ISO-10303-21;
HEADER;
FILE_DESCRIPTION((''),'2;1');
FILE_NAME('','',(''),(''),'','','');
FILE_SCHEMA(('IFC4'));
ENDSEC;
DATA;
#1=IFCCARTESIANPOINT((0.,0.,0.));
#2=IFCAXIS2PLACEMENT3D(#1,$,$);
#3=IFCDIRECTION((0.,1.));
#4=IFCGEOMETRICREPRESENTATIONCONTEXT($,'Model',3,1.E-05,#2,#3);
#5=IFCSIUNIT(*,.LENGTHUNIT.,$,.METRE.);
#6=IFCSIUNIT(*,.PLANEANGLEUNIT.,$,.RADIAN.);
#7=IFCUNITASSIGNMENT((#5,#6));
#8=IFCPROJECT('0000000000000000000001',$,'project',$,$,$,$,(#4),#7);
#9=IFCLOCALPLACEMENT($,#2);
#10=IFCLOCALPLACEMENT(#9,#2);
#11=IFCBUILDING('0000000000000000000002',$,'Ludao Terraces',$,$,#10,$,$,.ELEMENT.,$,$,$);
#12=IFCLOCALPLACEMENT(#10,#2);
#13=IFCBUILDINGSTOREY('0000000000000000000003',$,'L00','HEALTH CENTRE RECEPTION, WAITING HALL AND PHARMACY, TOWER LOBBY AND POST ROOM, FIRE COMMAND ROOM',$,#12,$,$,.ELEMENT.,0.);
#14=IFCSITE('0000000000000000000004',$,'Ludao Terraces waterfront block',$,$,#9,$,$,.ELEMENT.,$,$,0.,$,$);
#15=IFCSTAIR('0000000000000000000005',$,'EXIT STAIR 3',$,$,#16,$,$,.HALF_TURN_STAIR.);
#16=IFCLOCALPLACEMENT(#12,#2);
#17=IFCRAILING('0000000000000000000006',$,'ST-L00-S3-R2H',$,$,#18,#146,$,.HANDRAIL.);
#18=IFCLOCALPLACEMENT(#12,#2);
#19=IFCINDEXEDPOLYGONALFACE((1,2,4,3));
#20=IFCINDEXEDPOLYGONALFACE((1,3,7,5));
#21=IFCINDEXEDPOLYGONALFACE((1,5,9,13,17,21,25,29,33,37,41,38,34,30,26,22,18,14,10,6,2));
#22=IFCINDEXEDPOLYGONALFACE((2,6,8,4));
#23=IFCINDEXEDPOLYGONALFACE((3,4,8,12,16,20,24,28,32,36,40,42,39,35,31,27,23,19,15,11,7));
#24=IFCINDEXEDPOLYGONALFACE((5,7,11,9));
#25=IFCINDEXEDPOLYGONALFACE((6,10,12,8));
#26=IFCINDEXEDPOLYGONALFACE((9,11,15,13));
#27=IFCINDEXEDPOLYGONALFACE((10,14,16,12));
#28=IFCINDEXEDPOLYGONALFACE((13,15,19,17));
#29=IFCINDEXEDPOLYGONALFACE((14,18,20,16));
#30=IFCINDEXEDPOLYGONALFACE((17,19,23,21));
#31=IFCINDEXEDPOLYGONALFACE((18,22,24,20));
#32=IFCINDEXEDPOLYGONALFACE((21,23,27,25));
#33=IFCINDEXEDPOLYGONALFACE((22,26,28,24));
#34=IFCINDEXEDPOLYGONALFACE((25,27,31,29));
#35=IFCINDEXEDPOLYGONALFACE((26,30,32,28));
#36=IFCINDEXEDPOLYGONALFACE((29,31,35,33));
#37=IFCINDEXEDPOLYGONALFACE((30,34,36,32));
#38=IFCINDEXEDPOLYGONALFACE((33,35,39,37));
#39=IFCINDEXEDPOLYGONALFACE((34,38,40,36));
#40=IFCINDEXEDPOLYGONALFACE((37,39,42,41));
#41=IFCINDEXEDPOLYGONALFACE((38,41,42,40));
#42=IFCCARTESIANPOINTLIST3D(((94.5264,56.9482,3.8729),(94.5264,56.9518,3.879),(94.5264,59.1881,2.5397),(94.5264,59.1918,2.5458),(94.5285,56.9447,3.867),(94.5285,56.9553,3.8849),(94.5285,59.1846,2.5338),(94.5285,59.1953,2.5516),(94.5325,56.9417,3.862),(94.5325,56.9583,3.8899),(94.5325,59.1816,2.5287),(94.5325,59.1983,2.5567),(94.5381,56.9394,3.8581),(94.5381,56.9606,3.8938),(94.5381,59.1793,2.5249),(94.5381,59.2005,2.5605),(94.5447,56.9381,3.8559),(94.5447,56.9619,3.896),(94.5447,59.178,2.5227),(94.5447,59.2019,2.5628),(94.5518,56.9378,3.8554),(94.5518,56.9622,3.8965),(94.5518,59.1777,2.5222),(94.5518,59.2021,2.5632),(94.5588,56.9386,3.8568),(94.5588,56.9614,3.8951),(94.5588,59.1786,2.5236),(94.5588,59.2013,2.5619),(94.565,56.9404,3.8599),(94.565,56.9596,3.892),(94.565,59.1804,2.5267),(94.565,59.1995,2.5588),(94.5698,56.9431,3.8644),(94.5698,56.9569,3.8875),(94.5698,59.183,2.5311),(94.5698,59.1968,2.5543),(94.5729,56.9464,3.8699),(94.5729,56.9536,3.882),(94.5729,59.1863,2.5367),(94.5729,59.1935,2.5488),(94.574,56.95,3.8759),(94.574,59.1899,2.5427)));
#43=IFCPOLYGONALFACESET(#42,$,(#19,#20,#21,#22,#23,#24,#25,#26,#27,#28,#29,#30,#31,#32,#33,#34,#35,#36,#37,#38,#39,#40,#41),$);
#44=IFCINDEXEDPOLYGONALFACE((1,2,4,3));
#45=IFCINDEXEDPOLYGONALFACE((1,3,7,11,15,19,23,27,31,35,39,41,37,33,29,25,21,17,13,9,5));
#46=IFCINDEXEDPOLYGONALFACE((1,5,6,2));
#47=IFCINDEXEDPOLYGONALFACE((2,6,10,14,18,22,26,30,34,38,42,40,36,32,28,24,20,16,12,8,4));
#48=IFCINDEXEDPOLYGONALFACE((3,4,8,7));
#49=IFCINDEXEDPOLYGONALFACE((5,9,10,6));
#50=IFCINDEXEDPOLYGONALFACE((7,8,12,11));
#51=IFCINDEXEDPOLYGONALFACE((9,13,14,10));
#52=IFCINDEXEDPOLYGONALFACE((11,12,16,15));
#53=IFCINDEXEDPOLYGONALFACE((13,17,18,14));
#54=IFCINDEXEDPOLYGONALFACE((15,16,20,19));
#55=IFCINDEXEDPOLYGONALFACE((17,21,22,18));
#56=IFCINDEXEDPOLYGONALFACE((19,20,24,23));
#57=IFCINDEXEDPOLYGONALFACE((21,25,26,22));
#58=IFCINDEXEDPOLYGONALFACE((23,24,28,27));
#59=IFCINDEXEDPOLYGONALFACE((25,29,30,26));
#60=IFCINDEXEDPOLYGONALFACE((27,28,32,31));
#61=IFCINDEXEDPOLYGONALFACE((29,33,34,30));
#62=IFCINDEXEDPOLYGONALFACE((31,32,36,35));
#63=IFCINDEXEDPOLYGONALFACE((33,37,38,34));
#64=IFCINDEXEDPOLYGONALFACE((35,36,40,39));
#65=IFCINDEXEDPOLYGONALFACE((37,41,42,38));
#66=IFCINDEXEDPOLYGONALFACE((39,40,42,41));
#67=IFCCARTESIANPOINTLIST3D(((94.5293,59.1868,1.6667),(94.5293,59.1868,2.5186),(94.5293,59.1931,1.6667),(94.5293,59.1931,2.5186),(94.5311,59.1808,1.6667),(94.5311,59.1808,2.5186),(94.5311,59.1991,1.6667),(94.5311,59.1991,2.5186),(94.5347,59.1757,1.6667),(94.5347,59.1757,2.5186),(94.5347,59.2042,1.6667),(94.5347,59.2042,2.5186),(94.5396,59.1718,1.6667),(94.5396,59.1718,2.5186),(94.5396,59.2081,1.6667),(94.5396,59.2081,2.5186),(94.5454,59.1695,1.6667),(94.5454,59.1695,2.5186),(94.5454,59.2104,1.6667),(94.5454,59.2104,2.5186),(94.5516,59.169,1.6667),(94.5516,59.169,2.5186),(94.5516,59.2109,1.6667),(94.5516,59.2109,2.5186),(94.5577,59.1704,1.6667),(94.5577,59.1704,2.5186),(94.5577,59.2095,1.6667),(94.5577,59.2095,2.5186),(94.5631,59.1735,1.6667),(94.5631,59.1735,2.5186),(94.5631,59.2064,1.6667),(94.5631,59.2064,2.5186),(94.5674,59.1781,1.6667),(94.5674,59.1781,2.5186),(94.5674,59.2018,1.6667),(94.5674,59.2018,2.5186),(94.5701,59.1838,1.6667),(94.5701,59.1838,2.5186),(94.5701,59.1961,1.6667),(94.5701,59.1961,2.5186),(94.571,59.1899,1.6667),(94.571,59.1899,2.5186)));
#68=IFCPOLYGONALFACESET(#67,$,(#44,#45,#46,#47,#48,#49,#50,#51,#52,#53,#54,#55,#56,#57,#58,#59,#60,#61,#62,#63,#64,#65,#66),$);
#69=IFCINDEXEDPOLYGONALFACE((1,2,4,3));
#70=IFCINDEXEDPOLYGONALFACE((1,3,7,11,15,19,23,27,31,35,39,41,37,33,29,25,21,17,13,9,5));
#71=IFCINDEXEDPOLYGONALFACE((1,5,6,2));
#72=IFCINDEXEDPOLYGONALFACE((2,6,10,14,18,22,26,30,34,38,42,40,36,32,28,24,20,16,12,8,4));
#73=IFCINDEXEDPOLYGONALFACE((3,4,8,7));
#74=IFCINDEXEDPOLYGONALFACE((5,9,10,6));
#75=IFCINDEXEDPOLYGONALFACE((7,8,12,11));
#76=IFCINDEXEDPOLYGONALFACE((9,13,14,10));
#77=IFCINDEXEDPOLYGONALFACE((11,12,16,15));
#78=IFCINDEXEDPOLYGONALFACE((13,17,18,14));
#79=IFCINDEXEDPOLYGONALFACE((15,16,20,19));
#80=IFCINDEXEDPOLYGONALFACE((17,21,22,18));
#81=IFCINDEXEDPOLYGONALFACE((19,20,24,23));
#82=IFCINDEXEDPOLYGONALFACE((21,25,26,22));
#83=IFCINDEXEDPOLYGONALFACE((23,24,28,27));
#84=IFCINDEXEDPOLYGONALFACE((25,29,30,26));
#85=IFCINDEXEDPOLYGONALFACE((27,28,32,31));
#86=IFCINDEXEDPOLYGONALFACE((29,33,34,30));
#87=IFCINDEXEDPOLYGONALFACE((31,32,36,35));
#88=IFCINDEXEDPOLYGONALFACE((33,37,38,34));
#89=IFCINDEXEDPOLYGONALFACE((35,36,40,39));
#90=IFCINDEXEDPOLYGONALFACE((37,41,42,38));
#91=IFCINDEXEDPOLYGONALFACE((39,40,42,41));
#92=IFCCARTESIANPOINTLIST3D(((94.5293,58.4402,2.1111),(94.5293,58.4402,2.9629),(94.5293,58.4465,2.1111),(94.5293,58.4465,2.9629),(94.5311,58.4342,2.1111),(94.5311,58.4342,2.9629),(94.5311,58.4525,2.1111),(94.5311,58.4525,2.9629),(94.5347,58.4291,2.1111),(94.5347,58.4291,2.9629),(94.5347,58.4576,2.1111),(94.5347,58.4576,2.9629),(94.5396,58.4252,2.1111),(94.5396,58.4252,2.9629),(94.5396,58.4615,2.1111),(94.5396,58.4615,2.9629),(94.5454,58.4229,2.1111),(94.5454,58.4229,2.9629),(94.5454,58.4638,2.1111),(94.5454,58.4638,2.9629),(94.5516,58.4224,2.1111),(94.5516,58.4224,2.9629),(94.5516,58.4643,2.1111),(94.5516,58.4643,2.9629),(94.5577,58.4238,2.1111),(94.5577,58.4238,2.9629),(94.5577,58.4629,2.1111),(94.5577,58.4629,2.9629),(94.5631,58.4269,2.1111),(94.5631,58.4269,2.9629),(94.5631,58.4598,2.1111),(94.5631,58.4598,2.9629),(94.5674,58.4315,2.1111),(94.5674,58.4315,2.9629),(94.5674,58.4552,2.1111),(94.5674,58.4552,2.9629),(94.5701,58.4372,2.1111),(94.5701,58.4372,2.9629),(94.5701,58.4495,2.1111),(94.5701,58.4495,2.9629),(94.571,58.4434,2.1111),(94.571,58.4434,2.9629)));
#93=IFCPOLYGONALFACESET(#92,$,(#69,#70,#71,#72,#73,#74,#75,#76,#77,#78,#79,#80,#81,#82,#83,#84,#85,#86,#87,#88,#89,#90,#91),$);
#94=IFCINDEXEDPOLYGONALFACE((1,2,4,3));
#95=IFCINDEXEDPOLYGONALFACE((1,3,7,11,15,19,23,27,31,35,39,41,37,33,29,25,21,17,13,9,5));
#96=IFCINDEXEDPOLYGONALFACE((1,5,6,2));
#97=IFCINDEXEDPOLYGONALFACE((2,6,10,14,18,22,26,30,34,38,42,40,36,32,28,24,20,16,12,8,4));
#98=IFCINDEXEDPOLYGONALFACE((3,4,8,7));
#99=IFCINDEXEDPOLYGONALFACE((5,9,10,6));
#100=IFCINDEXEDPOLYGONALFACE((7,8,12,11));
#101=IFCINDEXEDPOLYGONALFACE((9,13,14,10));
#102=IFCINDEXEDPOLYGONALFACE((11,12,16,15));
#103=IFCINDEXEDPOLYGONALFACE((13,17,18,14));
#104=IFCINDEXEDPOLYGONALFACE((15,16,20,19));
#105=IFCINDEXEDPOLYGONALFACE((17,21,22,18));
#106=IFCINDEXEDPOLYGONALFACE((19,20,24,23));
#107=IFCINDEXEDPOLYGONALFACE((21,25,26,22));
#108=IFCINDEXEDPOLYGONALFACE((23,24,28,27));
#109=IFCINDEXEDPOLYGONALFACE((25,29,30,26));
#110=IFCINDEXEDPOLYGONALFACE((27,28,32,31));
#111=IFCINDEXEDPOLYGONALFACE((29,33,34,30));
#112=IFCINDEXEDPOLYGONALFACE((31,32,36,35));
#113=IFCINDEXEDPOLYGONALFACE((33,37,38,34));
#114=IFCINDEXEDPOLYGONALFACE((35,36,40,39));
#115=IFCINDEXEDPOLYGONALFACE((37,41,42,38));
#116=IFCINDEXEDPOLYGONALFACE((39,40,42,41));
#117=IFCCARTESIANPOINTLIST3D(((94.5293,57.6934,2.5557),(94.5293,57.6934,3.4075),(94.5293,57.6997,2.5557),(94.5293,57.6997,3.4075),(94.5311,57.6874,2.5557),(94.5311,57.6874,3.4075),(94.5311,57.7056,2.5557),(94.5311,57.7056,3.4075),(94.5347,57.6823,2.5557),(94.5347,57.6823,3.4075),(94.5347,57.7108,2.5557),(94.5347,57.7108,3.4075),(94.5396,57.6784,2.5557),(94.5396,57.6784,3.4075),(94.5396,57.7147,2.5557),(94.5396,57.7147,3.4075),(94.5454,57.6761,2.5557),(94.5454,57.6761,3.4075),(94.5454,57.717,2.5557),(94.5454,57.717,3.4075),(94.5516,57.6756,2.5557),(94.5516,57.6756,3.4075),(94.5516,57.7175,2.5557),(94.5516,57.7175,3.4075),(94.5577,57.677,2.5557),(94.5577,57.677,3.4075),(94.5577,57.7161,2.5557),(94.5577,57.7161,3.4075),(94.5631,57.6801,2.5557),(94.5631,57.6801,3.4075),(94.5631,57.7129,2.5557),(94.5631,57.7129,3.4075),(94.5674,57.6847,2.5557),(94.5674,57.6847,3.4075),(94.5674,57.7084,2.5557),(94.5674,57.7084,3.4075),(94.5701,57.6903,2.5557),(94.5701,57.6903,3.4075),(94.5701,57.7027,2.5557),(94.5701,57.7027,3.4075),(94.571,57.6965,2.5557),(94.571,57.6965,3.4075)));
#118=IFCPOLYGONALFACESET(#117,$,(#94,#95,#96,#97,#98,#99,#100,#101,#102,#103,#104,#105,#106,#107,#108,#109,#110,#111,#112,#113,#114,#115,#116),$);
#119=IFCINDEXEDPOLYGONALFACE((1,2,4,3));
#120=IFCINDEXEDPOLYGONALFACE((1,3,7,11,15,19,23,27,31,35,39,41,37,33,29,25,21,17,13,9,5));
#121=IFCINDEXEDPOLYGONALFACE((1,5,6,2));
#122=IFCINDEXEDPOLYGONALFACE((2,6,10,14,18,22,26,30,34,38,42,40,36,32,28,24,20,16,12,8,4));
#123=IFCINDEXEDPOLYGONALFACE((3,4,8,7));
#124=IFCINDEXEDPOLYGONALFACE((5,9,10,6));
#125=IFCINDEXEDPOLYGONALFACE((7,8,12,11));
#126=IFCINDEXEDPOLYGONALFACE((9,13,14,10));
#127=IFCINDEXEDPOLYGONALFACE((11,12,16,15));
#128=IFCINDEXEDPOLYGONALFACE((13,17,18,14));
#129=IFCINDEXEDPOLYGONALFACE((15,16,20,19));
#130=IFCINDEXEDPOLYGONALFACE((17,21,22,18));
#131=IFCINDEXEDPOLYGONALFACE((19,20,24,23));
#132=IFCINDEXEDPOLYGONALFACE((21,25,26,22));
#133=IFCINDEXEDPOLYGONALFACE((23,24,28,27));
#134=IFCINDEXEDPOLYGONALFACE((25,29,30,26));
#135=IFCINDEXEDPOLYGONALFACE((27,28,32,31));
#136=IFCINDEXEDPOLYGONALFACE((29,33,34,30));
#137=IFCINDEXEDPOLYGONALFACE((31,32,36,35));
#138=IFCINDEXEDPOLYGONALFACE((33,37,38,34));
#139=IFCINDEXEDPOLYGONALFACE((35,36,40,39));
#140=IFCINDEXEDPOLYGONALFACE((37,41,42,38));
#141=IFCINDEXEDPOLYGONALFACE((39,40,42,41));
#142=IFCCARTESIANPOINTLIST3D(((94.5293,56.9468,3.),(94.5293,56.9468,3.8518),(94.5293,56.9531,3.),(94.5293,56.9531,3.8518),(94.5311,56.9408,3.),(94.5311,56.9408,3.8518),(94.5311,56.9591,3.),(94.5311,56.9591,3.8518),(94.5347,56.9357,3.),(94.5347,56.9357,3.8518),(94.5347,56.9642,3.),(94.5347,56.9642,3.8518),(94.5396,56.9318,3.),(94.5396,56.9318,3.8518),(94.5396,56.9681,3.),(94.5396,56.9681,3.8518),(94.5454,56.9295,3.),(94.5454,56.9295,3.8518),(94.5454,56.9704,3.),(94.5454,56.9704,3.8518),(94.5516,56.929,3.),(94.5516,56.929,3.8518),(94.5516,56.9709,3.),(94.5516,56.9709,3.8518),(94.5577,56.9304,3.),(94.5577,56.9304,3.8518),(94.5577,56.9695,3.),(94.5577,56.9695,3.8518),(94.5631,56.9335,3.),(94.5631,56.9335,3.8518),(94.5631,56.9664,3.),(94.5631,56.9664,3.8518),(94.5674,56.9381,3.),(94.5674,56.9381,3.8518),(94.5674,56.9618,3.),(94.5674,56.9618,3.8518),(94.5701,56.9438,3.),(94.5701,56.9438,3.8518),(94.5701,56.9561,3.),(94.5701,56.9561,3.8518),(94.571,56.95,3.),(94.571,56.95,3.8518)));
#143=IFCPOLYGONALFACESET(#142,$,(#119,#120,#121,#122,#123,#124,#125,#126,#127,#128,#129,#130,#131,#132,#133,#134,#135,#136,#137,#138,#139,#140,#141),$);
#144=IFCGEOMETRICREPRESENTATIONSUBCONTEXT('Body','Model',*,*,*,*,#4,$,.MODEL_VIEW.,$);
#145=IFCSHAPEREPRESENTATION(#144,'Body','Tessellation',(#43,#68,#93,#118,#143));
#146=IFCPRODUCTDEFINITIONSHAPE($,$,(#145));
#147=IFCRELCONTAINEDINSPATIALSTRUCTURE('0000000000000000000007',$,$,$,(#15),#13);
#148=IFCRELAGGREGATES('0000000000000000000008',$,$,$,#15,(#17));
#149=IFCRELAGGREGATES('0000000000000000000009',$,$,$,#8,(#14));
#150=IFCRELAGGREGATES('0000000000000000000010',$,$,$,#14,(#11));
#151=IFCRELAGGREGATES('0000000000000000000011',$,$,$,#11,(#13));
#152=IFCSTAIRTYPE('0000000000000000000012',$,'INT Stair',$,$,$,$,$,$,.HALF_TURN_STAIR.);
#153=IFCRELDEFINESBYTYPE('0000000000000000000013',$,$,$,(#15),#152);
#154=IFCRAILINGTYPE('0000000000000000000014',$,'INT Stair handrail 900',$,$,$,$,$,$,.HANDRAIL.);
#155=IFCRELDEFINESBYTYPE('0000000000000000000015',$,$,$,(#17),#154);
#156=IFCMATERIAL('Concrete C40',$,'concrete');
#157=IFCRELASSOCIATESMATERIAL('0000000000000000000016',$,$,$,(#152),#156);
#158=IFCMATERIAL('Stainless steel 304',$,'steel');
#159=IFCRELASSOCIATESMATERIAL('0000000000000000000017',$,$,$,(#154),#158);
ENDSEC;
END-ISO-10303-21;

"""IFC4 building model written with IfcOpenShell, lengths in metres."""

from ifc_helpers import new_model, si_unit, direction, frame, origin, origin_2d, place, context, subcontext, project, spatial, circle, extrude, material, type_object, element, aggregate, save


model = new_model("IFC4")

# Units and contexts
model_context = context("Model", 3, precision=1e-05, world=origin(), true_north=direction((0.0, 1.0)))
body_context = subcontext(model_context, "Body", "Model", "MODEL_VIEW")
ifc_project = project(units=[si_unit("LENGTHUNIT", "METRE"), si_unit("PLANEANGLEUNIT", "RADIAN")], contexts=[model_context])

# Site, building, storey
site_placement = place(None, origin())
site = spatial("IfcSite", under=ifc_project, at=site_placement, Name="Ludao Terraces waterfront block", CompositionType="ELEMENT", RefElevation=0.0)
building_placement = place(site_placement, origin())
building = spatial("IfcBuilding", under=site, at=building_placement, Name="Ludao Terraces", CompositionType="ELEMENT")
storey_placement = place(building_placement, origin())
storey = spatial("IfcBuildingStorey", under=building, at=storey_placement, Name="L00", Description="HEALTH CENTRE RECEPTION, WAITING HALL AND PHARMACY, TOWER LOBBY AND POST ROOM, FIRE COMMAND ROOM", CompositionType="ELEMENT", Elevation=0.0)

# Stair, railing
ifc_material_1 = material(Name="Concrete C40", Category="concrete")
stair_type = type_object("IfcStairType", Name="INT Stair", PredefinedType="HALF_TURN_STAIR", material=ifc_material_1)
stair_placement = place(storey_placement, origin())
stair = element("IfcStair", 1, at=stair_placement, inside=storey, type_object=stair_type, Name="EXIT STAIR 3", PredefinedType="HALF_TURN_STAIR")
ifc_material_2 = material(Name="Stainless steel 304", Category="steel")
railing_type_1 = type_object("IfcRailingType", Name="INT Stair handrail 900", PredefinedType="HANDRAIL", material=ifc_material_2)
railing_1_placement = place(storey_placement, frame((94.55, 59.1899, 1.6667)))
railing_1 = element("IfcRailing", 2, at=railing_1_placement, type_object=railing_type_1, Name="ST-L00-S3-R2H", PredefinedType="HANDRAIL", context=body_context, shape_type="SweptSolid", body=[
    extrude(circle(Radius=0.0239, at=origin_2d()), frame((0.0, 0.0, 0.876), z_axis=(0.0, -0.859306, 0.511462), x_axis=(1.0, 0.0, 0.0)), (0.0, 0.0, 1.0), 2.6067),
    extrude(circle(Radius=0.021, at=origin_2d()), origin(), (0.0, 0.0, 1.0), 0.8518),
    extrude(circle(Radius=0.021, at=origin_2d()), frame((0.0, -0.7466, 0.4443)), (0.0, 0.0, 1.0), 0.8518),
    extrude(circle(Radius=0.021, at=origin_2d()), frame((0.0, -1.4934, 0.8889)), (0.0, 0.0, 1.0), 0.8518),
    extrude(circle(Radius=0.021, at=origin_2d()), frame((0.0, -2.24, 1.3333)), (0.0, 0.0, 1.0), 0.8518),
])
aggregate(stair, [railing_1])

save(model, "model.ifc")
